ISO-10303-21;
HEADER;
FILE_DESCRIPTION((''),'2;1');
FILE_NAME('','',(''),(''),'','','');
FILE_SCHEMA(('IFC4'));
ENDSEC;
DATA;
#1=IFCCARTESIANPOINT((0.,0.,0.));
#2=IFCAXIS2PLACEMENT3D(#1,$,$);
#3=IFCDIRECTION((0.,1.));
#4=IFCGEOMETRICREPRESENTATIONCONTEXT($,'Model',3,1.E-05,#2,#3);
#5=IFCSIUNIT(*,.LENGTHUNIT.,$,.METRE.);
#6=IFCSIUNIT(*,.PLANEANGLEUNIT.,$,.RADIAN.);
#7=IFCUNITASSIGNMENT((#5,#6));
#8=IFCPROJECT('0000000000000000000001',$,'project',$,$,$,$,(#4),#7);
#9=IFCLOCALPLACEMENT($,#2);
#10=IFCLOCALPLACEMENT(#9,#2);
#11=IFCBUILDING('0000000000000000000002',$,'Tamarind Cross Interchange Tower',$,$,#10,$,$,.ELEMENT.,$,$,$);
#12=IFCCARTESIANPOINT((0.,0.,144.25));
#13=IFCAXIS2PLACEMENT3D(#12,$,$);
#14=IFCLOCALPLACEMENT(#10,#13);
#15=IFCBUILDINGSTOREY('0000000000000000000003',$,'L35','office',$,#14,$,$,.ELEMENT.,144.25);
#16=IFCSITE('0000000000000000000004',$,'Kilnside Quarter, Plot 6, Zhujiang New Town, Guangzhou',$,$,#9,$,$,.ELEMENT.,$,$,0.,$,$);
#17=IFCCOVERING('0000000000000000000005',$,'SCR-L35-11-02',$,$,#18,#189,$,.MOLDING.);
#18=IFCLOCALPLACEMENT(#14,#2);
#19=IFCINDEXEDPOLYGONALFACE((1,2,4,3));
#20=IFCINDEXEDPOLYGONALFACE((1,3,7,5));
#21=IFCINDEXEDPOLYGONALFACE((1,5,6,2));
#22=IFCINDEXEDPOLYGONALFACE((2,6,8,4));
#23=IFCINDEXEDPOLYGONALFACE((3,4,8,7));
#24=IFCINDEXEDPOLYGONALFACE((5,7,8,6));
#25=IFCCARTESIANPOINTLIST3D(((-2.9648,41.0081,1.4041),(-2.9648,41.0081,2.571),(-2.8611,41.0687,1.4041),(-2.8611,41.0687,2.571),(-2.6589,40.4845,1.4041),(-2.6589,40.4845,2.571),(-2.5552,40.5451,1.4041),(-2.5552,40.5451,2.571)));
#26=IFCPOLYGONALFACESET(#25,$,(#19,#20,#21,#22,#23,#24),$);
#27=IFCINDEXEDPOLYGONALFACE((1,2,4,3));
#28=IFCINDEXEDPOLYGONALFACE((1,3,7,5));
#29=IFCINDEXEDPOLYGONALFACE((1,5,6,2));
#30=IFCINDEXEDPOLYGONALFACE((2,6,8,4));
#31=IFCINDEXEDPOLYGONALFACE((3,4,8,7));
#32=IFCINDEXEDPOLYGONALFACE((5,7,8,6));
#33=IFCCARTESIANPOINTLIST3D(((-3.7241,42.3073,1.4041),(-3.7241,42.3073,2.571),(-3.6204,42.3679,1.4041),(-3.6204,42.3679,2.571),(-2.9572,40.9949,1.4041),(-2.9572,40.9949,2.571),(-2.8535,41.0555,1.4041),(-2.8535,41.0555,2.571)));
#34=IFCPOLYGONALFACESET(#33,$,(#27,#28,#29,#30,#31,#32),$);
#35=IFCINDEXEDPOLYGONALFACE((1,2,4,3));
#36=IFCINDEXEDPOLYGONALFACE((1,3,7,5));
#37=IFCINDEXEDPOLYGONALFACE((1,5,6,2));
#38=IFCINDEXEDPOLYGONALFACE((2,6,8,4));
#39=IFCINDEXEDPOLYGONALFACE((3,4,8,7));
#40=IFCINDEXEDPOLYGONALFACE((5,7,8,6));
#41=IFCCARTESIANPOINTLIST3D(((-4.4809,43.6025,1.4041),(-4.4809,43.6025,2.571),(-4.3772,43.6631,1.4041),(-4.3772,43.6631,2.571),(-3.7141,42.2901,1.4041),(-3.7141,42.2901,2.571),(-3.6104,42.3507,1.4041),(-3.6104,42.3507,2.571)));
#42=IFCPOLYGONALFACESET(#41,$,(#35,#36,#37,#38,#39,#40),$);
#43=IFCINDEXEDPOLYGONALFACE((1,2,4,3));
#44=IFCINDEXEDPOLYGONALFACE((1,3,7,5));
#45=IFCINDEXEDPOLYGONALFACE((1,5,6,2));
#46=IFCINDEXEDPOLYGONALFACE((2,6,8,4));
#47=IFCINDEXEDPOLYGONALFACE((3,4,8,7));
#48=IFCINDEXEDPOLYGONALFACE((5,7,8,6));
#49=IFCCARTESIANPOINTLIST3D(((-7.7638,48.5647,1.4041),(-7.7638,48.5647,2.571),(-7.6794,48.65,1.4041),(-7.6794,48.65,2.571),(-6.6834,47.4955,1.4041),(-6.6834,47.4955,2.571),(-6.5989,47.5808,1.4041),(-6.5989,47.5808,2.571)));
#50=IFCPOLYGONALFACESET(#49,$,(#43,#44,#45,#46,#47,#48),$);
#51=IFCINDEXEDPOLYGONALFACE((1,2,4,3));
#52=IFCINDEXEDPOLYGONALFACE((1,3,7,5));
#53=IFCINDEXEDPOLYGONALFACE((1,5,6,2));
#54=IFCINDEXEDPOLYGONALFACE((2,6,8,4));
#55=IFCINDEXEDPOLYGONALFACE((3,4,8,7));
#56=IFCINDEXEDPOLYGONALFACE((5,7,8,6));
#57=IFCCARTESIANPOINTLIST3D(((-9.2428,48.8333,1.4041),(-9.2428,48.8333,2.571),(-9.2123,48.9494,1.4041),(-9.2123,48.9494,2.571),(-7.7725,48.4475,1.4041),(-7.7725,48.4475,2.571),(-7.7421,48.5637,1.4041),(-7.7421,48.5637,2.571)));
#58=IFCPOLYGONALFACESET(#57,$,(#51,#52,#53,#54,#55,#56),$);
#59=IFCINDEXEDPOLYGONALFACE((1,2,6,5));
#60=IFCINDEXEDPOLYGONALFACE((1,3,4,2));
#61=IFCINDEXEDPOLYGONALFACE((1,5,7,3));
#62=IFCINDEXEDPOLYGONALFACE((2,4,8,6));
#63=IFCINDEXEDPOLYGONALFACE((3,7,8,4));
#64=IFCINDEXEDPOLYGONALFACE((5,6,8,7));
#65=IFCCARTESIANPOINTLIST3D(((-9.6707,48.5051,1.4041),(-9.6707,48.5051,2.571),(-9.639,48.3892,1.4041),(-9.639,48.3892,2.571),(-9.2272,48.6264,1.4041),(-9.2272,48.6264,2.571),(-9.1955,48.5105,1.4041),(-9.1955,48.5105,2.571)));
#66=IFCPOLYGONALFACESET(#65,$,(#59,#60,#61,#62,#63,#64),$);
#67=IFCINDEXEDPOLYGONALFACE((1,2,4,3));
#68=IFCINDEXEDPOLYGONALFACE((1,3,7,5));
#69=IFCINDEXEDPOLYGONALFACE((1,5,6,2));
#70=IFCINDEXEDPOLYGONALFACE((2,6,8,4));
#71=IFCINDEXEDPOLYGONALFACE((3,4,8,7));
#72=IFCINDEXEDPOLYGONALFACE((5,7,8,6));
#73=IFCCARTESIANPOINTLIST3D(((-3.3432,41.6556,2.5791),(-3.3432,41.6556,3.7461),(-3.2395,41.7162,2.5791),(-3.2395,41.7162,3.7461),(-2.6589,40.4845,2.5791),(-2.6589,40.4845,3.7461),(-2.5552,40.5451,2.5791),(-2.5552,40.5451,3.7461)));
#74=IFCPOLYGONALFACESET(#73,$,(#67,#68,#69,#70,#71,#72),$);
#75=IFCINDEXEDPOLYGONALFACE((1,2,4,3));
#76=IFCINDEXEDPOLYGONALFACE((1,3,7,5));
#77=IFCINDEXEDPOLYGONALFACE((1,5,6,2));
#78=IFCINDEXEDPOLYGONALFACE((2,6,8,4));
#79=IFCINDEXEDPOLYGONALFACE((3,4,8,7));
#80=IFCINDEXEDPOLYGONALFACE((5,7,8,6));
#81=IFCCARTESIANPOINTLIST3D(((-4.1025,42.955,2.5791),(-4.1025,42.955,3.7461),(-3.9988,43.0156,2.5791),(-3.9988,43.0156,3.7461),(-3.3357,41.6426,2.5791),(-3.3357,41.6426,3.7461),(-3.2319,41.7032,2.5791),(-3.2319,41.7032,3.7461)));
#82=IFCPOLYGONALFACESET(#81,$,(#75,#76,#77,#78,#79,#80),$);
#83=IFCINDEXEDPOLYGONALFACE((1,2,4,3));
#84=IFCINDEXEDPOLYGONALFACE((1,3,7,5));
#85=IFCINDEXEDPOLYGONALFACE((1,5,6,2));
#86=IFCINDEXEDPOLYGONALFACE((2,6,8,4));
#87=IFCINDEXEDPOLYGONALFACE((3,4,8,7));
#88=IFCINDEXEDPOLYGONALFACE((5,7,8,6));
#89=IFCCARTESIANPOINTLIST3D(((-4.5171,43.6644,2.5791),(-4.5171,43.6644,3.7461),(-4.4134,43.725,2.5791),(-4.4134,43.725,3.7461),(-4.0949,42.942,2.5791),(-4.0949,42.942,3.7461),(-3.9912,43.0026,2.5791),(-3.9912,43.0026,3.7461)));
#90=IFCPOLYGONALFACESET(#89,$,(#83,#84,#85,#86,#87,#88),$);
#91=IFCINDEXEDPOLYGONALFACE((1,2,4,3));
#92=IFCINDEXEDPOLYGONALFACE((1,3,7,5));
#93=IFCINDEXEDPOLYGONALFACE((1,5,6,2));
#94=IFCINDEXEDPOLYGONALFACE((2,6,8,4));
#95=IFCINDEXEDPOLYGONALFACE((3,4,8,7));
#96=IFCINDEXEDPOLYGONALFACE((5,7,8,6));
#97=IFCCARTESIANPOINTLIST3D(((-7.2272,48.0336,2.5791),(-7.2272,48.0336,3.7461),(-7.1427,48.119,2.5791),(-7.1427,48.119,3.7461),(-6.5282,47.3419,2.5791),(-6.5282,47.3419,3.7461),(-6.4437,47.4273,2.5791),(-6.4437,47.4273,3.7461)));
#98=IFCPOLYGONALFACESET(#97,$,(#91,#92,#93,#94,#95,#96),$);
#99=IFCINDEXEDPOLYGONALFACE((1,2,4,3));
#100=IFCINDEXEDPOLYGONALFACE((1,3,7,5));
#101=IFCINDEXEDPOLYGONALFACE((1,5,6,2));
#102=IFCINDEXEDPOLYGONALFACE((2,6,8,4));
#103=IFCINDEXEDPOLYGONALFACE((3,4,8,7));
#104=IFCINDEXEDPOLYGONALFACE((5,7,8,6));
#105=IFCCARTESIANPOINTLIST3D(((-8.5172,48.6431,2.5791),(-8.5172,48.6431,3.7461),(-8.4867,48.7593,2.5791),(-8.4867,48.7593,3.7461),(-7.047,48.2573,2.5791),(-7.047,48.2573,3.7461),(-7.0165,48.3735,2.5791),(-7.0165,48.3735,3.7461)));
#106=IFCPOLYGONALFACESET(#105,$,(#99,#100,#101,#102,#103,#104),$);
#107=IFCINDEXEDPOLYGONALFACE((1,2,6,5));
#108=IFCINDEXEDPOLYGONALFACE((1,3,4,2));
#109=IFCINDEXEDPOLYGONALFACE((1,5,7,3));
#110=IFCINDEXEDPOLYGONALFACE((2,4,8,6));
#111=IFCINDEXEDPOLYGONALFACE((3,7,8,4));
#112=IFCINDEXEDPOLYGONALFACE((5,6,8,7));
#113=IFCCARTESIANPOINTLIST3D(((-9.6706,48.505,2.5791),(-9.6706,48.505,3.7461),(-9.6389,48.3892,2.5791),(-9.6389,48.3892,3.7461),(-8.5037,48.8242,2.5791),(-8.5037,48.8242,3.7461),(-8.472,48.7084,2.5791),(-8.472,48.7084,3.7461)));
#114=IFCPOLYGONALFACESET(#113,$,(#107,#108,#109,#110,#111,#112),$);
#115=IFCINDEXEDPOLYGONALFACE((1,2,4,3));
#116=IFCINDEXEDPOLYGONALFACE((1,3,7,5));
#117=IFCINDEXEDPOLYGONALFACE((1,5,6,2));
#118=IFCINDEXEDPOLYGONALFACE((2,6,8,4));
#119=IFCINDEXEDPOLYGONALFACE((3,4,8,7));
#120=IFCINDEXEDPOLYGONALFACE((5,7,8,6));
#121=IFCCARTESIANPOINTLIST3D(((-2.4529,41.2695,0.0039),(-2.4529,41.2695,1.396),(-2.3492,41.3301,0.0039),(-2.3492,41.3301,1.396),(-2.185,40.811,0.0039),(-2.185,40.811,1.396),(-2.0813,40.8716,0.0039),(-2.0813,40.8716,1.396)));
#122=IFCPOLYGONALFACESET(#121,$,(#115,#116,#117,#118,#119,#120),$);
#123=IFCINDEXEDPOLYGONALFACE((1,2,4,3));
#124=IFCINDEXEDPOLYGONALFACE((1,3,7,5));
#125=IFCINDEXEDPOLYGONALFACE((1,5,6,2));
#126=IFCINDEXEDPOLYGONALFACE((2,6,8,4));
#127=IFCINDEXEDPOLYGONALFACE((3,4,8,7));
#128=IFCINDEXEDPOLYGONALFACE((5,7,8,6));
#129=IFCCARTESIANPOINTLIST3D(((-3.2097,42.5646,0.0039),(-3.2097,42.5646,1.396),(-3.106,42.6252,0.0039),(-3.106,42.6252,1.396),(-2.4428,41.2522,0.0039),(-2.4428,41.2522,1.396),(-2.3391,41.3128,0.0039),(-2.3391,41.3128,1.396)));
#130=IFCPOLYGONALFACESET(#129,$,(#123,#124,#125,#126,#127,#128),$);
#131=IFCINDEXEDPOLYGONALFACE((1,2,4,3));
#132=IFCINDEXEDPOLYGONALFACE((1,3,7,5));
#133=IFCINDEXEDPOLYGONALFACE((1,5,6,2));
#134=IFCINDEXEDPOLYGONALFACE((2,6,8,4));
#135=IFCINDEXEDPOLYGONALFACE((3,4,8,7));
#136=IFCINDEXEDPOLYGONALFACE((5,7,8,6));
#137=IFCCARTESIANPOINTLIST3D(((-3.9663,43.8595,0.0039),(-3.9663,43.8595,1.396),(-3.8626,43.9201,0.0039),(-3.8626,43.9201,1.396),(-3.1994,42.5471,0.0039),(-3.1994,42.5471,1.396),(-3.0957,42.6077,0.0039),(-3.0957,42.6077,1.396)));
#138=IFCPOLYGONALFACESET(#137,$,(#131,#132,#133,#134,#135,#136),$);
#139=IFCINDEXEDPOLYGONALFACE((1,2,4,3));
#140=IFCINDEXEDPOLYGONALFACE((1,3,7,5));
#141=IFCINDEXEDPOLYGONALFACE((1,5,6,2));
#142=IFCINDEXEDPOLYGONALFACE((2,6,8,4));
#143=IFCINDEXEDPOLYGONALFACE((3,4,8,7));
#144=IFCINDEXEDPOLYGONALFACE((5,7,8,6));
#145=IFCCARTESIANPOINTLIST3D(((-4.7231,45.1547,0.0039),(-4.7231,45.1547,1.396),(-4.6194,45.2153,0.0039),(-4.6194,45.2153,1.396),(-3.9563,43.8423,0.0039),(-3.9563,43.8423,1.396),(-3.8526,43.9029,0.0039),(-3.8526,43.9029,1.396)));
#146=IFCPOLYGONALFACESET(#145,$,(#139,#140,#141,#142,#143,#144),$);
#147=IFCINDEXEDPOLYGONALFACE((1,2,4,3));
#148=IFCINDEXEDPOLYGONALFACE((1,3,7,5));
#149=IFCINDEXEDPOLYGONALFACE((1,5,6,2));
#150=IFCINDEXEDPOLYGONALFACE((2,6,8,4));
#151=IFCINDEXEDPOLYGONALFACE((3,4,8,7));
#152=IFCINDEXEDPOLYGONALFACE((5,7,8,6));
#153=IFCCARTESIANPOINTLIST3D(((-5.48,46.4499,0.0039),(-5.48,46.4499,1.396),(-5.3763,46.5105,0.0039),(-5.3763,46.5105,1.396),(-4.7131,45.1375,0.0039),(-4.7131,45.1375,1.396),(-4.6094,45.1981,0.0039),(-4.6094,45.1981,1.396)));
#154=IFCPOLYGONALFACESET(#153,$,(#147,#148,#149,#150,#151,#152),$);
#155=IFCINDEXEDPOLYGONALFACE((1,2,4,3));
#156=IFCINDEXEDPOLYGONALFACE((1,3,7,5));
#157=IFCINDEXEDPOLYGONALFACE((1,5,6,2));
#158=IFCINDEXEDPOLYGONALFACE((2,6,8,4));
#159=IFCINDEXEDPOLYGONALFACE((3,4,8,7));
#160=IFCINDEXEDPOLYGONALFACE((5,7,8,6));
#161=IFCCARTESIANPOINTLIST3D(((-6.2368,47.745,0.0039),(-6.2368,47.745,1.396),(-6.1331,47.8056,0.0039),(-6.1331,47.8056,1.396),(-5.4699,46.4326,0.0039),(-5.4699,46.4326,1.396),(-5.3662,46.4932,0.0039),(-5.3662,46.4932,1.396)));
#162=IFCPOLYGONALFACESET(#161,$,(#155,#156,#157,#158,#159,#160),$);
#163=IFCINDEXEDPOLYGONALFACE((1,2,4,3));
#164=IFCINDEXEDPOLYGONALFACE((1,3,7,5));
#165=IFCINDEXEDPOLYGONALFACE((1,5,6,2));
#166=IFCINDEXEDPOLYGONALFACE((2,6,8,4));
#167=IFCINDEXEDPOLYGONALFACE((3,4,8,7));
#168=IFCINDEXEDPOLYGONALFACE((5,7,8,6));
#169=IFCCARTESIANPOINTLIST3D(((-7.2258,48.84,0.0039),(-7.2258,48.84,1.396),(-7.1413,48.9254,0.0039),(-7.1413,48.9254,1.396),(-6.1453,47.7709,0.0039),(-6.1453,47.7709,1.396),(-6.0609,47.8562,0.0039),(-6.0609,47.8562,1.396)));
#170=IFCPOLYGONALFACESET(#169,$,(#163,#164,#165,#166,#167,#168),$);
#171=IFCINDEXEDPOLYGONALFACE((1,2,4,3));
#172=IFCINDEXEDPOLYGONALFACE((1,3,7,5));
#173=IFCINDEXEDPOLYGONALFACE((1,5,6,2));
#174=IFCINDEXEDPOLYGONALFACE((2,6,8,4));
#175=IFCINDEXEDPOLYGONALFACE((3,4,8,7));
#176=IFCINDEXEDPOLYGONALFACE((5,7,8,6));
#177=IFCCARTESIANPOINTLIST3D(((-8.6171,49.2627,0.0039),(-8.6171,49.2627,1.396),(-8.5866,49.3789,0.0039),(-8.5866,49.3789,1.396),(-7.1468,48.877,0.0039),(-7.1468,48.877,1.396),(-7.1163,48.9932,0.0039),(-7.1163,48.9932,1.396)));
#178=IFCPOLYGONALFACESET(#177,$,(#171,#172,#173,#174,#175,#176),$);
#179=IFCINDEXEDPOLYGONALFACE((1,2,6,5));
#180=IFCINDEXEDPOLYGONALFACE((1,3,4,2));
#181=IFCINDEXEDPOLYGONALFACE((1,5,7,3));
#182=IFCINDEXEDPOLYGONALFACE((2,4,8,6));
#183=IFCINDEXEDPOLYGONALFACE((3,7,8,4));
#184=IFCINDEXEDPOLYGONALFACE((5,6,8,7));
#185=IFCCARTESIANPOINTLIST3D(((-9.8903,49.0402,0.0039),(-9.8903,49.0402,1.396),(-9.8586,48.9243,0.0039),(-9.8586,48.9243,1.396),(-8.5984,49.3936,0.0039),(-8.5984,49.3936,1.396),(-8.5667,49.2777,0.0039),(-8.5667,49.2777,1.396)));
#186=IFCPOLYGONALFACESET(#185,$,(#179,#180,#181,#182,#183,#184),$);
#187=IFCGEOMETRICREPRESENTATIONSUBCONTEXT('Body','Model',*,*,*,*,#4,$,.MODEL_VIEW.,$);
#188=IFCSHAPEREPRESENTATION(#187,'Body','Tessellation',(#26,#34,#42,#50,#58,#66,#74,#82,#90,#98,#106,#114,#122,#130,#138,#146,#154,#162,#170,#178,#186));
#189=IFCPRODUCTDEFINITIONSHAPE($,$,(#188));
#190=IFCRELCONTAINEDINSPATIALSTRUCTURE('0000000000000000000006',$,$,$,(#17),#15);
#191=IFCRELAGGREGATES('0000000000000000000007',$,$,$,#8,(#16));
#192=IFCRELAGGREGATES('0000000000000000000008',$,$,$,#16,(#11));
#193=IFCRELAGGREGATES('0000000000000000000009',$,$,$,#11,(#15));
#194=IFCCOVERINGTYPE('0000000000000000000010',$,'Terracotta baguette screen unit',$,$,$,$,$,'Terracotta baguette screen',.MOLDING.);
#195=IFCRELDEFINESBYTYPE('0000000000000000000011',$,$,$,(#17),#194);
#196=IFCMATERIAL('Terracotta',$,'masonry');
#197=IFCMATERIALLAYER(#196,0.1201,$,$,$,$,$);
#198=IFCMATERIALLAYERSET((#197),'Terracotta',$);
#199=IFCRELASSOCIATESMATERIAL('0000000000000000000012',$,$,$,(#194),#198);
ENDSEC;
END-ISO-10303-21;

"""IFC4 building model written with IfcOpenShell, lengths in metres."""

from ifc_helpers import new_model, si_unit, direction, frame, origin, origin_2d, place, context, subcontext, project, spatial, rectangle, extrude, material, layer, layer_set, type_object, element, save


model = new_model("IFC4")

# Units and contexts
model_context = context("Model", 3, precision=1e-05, world=origin(), true_north=direction((0.0, 1.0)))
body_context = subcontext(model_context, "Body", "Model", "MODEL_VIEW")
ifc_project = project(units=[si_unit("LENGTHUNIT", "METRE"), si_unit("PLANEANGLEUNIT", "RADIAN")], contexts=[model_context])

# Site, building, storey
site_placement = place(None, origin())
site = spatial("IfcSite", under=ifc_project, at=site_placement, Name="Kilnside Quarter, Plot 6, Zhujiang New Town, Guangzhou", CompositionType="ELEMENT", RefElevation=0.0)
building_placement = place(site_placement, origin())
building = spatial("IfcBuilding", under=site, at=building_placement, Name="Tamarind Cross Interchange Tower", CompositionType="ELEMENT")
storey_placement = place(building_placement, frame((0.0, 0.0, 144.25)))
storey = spatial("IfcBuildingStorey", under=building, at=storey_placement, Name="L35", Description="office", CompositionType="ELEMENT", Elevation=144.25)

# Covering
ifc_material_1 = material(Name="Terracotta", Category="masonry")
ifc_layer_1 = layer(ifc_material_1, 0.1201)
ifc_layer_set_1 = layer_set([ifc_layer_1], Name="Terracotta")
covering_type = type_object("IfcCoveringType", Name="Terracotta baguette screen unit", ElementType="Terracotta baguette screen", PredefinedType="MOLDING", material=ifc_layer_set_1)
covering_1_placement = place(storey_placement, origin())
element("IfcCovering", 1, at=covering_1_placement, inside=storey, type_object=covering_type, Name="SCR-L35-11-02", PredefinedType="MOLDING", context=body_context, shape_type="SweptSolid", body=[
    extrude(rectangle(XDim=0.6064, YDim=0.1201, at=origin_2d()), frame((-2.76, 40.7766, 1.4041), z_axis=(0.0, 0.0, 1.0), x_axis=(-0.504516, 0.863403, 0.0)), (0.0, 0.0, 1.0), 1.167),
    extrude(rectangle(XDim=1.52, YDim=0.1201, at=origin_2d()), frame((-3.2888, 41.6814, 1.4041), z_axis=(0.0, 0.0, 1.0), x_axis=(-0.504516, 0.863403, 0.0)), (0.0, 0.0, 1.0), 1.167),
    extrude(rectangle(XDim=1.52, YDim=0.1201, at=origin_2d()), frame((-4.0457, 42.9766, 1.4041), z_axis=(0.0, 0.0, 1.0), x_axis=(-0.504516, 0.863403, 0.0)), (0.0, 0.0, 1.0), 1.167),
    extrude(rectangle(XDim=1.52, YDim=0.1201, at=origin_2d()), frame((-7.1814, 48.0728, 1.4041), z_axis=(0.0, 0.0, 1.0), x_axis=(-0.71079, 0.703405, 0.0)), (0.0, 0.0, 1.0), 1.167),
    extrude(rectangle(XDim=1.52, YDim=0.1201, at=origin_2d()), frame((-8.4924, 48.6985, 1.4041), z_axis=(0.0, 0.0, 1.0), x_axis=(-0.967264, 0.253771, 0.0)), (0.0, 0.0, 1.0), 1.167),
    extrude(rectangle(XDim=0.4597, YDim=0.1201, at=origin_2d()), frame((-9.4331, 48.5078, 1.4041), z_axis=(0.0, 0.0, 1.0), x_axis=(-0.964561, -0.26386, 0.0)), (0.0, 0.0, 1.0), 1.167),
    extrude(rectangle(XDim=1.3564, YDim=0.1201, at=origin_2d()), frame((-2.9492, 41.1003, 2.5791), z_axis=(0.0, 0.0, 1.0), x_axis=(-0.504516, 0.863403, 0.0)), (0.0, 0.0, 1.0), 1.167),
    extrude(rectangle(XDim=1.52, YDim=0.1201, at=origin_2d()), frame((-3.6672, 42.3291, 2.5791), z_axis=(0.0, 0.0, 1.0), x_axis=(-0.504516, 0.863403, 0.0)), (0.0, 0.0, 1.0), 1.167),
    extrude(rectangle(XDim=0.8367, YDim=0.1201, at=origin_2d()), frame((-4.2542, 43.3335, 2.5791), z_axis=(0.0, 0.0, 1.0), x_axis=(-0.504516, 0.863403, 0.0)), (0.0, 0.0, 1.0), 1.167),
    extrude(rectangle(XDim=0.9834, YDim=0.1201, at=origin_2d()), frame((-6.8354, 47.7305, 2.5791), z_axis=(0.0, 0.0, 1.0), x_axis=(-0.71079, 0.703405, 0.0)), (0.0, 0.0, 1.0), 1.167),
    extrude(rectangle(XDim=1.52, YDim=0.1201, at=origin_2d()), frame((-7.7668, 48.5083, 2.5791), z_axis=(0.0, 0.0, 1.0), x_axis=(-0.967264, 0.253771, 0.0)), (0.0, 0.0, 1.0), 1.167),
    extrude(rectangle(XDim=1.2097, YDim=0.1201, at=origin_2d()), frame((-9.0713, 48.6067, 2.5791), z_axis=(0.0, 0.0, 1.0), x_axis=(-0.964561, -0.26386, 0.0)), (0.0, 0.0, 1.0), 1.167),
    extrude(rectangle(XDim=0.531, YDim=0.1201, at=origin_2d()), frame((-2.2671, 41.0706, 0.0039), z_axis=(0.0, 0.0, 1.0), x_axis=(-0.504516, 0.863403, 0.0)), (0.0, 0.0, 1.0), 1.3921),
    extrude(rectangle(XDim=1.52, YDim=0.1201, at=origin_2d()), frame((-2.7744, 41.9387, 0.0039), z_axis=(0.0, 0.0, 1.0), x_axis=(-0.504516, 0.863403, 0.0)), (0.0, 0.0, 1.0), 1.3921),
    extrude(rectangle(XDim=1.52, YDim=0.1201, at=origin_2d()), frame((-3.531, 43.2336, 0.0039), z_axis=(0.0, 0.0, 1.0), x_axis=(-0.504516, 0.863403, 0.0)), (0.0, 0.0, 1.0), 1.3921),
    extrude(rectangle(XDim=1.52, YDim=0.1201, at=origin_2d()), frame((-4.2878, 44.5288, 0.0039), z_axis=(0.0, 0.0, 1.0), x_axis=(-0.504516, 0.863403, 0.0)), (0.0, 0.0, 1.0), 1.3921),
    extrude(rectangle(XDim=1.52, YDim=0.1201, at=origin_2d()), frame((-5.0447, 45.824, 0.0039), z_axis=(0.0, 0.0, 1.0), x_axis=(-0.504516, 0.863403, 0.0)), (0.0, 0.0, 1.0), 1.3921),
    extrude(rectangle(XDim=1.52, YDim=0.1201, at=origin_2d()), frame((-5.8015, 47.1191, 0.0039), z_axis=(0.0, 0.0, 1.0), x_axis=(-0.504516, 0.863403, 0.0)), (0.0, 0.0, 1.0), 1.3921),
    extrude(rectangle(XDim=1.52, YDim=0.1201, at=origin_2d()), frame((-6.6433, 48.3481, 0.0039), z_axis=(0.0, 0.0, 1.0), x_axis=(-0.71079, 0.703405, 0.0)), (0.0, 0.0, 1.0), 1.3921),
    extrude(rectangle(XDim=1.52, YDim=0.1201, at=origin_2d()), frame((-7.8667, 49.1279, 0.0039), z_axis=(0.0, 0.0, 1.0), x_axis=(-0.967264, 0.253771, 0.0)), (0.0, 0.0, 1.0), 1.3921),
    extrude(rectangle(XDim=1.3394, YDim=0.1201, at=origin_2d()), frame((-9.2285, 49.1589, 0.0039), z_axis=(0.0, 0.0, 1.0), x_axis=(-0.964561, -0.26386, 0.0)), (0.0, 0.0, 1.0), 1.3921),
])

save(model, "model.ifc")
